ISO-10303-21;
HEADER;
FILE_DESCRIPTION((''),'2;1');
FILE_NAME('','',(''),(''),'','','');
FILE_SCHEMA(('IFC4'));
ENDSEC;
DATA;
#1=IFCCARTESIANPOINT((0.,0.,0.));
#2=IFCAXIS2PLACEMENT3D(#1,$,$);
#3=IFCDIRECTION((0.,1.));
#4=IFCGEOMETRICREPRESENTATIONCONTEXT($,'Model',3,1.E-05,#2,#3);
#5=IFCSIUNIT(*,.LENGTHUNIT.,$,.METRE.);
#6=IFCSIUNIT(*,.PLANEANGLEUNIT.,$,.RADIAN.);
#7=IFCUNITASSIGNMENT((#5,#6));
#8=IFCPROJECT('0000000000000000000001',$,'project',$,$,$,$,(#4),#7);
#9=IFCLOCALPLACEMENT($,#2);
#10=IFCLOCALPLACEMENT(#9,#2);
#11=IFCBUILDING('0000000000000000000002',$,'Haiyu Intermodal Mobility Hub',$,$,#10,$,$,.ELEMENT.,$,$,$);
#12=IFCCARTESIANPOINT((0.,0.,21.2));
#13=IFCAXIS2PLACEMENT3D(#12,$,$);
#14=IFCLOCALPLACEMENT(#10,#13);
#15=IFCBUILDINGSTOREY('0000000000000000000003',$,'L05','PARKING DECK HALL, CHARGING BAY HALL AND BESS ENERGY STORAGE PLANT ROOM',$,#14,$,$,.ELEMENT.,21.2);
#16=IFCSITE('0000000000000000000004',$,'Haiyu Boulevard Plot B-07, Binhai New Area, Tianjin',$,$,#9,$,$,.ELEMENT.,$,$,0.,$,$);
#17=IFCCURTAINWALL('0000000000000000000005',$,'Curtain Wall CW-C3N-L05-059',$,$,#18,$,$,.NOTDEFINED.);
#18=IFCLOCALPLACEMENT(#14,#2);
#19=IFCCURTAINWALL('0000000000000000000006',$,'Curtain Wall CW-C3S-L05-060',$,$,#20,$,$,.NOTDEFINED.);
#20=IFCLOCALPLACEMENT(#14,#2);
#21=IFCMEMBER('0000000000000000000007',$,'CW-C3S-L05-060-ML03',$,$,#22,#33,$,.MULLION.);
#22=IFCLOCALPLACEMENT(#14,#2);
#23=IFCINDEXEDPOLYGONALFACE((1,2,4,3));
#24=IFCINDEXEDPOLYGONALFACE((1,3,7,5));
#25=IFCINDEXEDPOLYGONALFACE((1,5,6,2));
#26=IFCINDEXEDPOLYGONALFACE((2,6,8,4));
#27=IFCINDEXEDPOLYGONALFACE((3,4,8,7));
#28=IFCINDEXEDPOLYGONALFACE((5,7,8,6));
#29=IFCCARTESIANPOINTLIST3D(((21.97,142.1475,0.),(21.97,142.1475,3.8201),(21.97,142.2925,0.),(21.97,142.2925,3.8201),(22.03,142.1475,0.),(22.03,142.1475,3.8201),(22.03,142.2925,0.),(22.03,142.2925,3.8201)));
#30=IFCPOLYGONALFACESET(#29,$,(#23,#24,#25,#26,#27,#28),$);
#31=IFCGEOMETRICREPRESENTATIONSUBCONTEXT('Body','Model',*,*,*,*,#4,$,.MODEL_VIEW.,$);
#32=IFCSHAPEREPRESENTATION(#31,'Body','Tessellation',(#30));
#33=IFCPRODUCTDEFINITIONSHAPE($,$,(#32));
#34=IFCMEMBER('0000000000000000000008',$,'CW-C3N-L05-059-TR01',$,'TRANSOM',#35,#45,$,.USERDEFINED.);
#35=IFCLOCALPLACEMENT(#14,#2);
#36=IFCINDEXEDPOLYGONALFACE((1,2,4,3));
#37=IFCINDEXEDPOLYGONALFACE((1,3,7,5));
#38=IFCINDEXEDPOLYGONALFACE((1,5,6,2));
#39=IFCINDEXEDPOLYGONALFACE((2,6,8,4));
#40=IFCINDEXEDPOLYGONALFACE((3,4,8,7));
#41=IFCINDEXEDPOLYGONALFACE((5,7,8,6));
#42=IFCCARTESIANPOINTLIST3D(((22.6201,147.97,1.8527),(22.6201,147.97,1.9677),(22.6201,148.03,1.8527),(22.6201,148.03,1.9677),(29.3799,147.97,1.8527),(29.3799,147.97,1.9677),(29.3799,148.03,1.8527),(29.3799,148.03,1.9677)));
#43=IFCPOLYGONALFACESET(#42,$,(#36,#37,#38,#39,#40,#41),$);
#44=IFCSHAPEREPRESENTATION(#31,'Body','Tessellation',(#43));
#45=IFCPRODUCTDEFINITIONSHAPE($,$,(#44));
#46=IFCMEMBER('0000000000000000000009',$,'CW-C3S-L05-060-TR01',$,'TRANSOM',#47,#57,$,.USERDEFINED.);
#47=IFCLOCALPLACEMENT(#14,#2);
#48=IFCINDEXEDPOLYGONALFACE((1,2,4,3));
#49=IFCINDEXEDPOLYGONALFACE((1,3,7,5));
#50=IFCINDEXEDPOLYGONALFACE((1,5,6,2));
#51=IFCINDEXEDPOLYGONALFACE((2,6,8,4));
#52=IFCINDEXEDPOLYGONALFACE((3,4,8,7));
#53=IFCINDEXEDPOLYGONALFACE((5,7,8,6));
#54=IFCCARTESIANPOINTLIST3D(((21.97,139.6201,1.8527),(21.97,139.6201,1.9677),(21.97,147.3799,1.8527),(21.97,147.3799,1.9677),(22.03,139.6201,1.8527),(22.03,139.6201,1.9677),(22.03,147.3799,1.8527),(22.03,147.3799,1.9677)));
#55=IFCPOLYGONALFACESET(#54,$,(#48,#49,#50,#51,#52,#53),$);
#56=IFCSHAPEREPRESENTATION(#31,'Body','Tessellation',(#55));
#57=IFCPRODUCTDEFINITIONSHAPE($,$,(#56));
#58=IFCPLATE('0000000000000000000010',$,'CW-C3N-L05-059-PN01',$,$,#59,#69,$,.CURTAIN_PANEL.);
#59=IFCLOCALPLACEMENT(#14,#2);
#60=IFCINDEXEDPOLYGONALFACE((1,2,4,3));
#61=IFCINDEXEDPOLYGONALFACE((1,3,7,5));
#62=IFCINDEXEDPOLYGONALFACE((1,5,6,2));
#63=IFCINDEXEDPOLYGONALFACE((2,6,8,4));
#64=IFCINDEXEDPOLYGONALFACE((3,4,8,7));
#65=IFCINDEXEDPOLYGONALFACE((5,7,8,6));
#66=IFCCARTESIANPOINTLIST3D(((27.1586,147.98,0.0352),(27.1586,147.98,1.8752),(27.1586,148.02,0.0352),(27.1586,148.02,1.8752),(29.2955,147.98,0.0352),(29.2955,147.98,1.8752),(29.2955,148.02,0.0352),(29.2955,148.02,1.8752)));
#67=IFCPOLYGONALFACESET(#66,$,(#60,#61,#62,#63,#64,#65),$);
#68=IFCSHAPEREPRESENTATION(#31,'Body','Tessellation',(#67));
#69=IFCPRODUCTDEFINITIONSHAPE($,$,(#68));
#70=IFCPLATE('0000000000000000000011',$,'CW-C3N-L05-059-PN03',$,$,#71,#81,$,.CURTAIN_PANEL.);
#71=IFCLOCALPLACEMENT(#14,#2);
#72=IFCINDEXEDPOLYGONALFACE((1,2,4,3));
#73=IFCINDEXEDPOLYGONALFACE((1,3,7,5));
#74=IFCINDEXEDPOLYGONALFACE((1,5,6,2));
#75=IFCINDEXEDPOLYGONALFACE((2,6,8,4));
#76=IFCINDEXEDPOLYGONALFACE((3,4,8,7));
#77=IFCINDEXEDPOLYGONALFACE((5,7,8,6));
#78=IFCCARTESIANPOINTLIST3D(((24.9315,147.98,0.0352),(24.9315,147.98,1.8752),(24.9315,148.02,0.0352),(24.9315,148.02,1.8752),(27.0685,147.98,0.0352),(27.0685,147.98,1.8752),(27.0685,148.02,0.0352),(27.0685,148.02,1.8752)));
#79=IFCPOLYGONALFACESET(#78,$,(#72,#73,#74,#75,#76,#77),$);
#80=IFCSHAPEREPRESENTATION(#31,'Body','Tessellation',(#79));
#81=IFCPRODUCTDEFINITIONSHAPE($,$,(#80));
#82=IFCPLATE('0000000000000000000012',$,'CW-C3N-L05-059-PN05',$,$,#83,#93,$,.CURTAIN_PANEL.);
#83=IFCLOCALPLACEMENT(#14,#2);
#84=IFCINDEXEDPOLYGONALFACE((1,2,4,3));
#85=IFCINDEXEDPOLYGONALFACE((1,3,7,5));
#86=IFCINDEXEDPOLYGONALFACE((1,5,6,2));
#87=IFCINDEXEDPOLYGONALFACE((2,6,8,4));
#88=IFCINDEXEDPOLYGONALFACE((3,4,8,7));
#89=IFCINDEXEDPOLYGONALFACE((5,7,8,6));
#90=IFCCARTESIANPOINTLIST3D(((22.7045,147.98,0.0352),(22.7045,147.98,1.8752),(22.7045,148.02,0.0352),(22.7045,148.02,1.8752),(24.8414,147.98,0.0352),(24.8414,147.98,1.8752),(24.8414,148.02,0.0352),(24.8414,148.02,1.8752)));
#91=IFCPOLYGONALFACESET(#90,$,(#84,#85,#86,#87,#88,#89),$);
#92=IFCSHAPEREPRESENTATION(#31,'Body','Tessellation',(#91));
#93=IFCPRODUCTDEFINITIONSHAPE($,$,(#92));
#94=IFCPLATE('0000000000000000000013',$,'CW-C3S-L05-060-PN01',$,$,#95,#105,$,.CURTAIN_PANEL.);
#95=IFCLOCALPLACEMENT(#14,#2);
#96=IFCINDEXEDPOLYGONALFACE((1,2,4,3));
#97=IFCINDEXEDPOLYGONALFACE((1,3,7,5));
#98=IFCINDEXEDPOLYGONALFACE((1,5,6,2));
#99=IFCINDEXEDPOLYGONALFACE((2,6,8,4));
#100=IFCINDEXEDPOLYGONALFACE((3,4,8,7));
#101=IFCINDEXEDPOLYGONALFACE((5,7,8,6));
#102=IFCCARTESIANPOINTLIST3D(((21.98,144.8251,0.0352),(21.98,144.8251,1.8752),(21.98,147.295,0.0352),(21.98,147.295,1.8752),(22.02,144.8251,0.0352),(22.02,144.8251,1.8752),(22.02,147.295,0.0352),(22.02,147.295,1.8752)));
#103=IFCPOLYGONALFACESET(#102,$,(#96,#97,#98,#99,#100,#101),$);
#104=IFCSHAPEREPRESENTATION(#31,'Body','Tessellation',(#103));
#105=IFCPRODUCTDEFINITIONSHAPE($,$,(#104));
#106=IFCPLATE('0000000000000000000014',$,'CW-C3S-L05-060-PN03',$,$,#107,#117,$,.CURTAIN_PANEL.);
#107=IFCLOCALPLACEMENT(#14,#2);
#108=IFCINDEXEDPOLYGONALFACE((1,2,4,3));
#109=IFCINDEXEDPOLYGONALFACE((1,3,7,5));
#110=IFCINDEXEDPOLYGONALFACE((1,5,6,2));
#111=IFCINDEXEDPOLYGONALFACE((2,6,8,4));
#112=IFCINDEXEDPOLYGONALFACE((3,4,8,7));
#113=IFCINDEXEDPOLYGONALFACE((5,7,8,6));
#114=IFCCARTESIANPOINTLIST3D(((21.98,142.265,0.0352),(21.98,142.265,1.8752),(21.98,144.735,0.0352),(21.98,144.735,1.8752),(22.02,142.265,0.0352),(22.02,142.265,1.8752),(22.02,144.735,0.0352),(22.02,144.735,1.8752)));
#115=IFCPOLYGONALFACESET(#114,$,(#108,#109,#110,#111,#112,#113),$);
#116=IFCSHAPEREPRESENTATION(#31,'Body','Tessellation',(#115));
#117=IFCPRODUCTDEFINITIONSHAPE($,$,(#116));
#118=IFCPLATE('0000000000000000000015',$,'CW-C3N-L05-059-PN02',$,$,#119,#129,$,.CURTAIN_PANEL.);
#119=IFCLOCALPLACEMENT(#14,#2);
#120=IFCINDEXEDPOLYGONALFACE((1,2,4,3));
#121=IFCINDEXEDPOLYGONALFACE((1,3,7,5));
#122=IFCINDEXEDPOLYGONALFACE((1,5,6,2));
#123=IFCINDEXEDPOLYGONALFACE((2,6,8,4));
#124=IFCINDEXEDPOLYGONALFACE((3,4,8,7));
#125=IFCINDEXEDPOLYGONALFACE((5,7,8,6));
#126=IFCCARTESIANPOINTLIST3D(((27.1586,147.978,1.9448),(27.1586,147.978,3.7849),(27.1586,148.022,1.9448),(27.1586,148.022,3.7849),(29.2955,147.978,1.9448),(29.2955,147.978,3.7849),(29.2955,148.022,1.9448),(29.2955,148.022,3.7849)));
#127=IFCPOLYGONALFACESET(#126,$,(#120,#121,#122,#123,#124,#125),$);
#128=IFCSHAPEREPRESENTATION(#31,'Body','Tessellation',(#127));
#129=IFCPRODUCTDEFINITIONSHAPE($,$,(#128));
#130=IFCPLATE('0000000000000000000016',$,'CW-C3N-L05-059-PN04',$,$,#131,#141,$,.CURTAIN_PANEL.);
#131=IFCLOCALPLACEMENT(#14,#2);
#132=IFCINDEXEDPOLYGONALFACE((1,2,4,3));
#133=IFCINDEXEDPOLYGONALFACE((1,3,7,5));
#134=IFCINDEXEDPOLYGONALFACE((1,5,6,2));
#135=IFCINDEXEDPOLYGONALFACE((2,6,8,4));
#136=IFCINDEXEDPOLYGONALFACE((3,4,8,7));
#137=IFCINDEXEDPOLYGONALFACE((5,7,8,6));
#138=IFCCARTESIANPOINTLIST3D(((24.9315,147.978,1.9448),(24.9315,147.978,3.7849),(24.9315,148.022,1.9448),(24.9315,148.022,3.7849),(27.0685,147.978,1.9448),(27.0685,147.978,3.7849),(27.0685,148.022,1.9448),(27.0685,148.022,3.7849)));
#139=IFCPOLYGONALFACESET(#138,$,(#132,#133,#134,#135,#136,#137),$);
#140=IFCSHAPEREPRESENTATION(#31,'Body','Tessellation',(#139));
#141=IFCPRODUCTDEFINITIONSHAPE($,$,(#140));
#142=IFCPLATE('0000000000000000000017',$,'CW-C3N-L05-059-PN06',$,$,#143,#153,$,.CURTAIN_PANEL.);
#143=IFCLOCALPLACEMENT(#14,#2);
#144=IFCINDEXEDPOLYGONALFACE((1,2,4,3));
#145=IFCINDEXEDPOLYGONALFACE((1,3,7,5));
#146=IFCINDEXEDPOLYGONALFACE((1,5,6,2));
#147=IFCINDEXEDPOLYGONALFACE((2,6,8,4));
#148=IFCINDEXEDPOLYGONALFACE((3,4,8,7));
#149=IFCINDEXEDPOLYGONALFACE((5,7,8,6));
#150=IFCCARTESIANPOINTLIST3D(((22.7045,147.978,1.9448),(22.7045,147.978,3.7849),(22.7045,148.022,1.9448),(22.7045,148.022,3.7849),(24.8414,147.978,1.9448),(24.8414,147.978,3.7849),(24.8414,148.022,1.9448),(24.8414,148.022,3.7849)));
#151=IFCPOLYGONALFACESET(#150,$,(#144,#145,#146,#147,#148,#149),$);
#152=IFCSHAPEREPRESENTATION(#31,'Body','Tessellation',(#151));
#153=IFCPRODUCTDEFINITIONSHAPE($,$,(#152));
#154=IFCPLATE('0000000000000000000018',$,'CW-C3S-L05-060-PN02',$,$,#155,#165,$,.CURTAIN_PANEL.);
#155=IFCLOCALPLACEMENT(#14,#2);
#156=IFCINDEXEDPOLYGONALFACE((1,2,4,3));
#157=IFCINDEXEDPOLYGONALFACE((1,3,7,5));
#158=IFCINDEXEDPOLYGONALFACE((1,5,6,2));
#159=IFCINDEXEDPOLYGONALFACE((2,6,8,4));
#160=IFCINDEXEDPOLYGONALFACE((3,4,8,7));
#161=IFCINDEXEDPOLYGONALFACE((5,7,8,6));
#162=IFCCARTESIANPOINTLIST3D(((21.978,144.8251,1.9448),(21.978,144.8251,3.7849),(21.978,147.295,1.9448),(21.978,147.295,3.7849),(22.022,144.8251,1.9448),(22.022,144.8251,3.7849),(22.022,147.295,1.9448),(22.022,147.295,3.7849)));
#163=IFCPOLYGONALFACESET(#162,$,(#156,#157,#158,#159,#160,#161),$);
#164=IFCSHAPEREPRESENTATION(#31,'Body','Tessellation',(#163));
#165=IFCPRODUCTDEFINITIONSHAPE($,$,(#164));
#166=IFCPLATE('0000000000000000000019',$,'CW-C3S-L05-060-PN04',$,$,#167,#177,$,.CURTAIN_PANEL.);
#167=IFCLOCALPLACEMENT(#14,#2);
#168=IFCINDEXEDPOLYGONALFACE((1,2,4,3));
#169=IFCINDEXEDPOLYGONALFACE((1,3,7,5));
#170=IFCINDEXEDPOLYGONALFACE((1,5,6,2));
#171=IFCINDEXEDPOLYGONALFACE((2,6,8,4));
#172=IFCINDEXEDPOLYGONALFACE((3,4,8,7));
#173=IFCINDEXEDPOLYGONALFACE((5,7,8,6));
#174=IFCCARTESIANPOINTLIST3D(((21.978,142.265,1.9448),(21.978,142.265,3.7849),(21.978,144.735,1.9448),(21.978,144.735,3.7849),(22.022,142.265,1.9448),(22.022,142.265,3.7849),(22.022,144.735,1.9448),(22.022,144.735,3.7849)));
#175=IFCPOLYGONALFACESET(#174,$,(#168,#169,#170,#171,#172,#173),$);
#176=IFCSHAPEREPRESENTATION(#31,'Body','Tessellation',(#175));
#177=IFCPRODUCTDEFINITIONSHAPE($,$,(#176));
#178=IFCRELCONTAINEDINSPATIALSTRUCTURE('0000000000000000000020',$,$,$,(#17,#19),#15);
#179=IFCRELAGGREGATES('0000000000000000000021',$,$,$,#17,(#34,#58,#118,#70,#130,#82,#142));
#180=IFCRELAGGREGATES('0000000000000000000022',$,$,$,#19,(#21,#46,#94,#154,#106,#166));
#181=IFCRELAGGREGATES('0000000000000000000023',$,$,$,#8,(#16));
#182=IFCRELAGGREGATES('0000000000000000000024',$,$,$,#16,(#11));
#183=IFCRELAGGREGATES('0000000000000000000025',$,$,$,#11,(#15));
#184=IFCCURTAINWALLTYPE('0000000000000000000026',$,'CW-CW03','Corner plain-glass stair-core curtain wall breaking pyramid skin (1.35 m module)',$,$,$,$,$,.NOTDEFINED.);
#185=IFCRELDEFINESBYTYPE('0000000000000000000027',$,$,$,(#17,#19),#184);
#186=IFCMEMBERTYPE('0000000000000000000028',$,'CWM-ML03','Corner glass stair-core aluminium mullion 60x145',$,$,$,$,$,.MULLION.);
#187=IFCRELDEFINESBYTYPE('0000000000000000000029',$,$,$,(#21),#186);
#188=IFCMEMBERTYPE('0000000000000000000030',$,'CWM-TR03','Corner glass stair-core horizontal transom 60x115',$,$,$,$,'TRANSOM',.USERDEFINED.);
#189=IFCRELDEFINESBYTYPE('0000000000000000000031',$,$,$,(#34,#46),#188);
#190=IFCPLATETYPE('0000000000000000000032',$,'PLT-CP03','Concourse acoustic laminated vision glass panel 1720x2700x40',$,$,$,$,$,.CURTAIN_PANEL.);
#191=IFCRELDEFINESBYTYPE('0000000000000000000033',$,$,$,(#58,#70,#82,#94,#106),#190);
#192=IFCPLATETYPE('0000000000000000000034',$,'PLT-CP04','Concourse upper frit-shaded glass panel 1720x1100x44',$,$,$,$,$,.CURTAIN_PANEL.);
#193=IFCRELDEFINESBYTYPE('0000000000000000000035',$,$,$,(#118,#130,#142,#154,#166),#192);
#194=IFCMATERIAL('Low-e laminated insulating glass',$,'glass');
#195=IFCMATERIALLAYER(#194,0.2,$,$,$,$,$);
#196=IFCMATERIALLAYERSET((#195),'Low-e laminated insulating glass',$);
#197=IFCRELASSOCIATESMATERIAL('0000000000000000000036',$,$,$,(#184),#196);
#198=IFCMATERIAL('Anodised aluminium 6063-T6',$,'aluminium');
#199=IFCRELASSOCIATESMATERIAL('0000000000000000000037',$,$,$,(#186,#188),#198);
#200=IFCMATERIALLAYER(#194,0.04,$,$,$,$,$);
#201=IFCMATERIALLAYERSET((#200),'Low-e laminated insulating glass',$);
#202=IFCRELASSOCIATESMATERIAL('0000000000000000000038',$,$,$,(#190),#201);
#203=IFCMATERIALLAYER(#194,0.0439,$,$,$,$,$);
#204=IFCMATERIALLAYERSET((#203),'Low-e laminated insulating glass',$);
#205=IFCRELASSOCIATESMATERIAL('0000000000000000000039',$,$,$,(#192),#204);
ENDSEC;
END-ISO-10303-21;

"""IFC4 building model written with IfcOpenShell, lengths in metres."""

from ifc_helpers import new_model, si_unit, direction, frame, origin, origin_2d, place, context, subcontext, project, spatial, rectangle, extrude, material, layer, layer_set, material_profile, profile_set, type_object, element, aggregate, save


model = new_model("IFC4")

# Units and contexts
model_context = context("Model", 3, precision=1e-05, world=origin(), true_north=direction((0.0, 1.0)))
body_context = subcontext(model_context, "Body", "Model", "MODEL_VIEW")
ifc_project = project(units=[si_unit("LENGTHUNIT", "METRE"), si_unit("PLANEANGLEUNIT", "RADIAN")], contexts=[model_context])

# Site, building, storey
site_placement = place(None, origin())
site = spatial("IfcSite", under=ifc_project, at=site_placement, Name="Haiyu Boulevard Plot B-07, Binhai New Area, Tianjin", CompositionType="ELEMENT", RefElevation=0.0)
building_placement = place(site_placement, origin())
building = spatial("IfcBuilding", under=site, at=building_placement, Name="Haiyu Intermodal Mobility Hub", CompositionType="ELEMENT")
storey_placement = place(building_placement, frame((0.0, 0.0, 21.2)))
storey = spatial("IfcBuildingStorey", under=building, at=storey_placement, Name="L05", Description="PARKING DECK HALL, CHARGING BAY HALL AND BESS ENERGY STORAGE PLANT ROOM", CompositionType="ELEMENT", Elevation=21.2)

# Curtain walls, member
ifc_material_1 = material(Name="Low-e laminated insulating glass", Category="glass")
ifc_layer_1 = layer(ifc_material_1, 0.2)
ifc_layer_set_1 = layer_set([ifc_layer_1], Name="Low-e laminated insulating glass")
curtain_wall_type = type_object("IfcCurtainWallType", Name="CW-CW03", Description="Corner plain-glass stair-core curtain wall breaking pyramid skin (1.35 m module)", PredefinedType="NOTDEFINED", material=ifc_layer_set_1)
curtain_wall_1_placement = place(storey_placement, origin())
curtain_wall_1 = element("IfcCurtainWall", 1, at=curtain_wall_1_placement, inside=storey, type_object=curtain_wall_type, Name="Curtain Wall CW-C3N-L05-059", PredefinedType="NOTDEFINED")
ifc_material_2 = material(Name="Anodised aluminium 6063-T6", Category="aluminium")
ifc_material_profile_1 = material_profile(ifc_material_2, rectangle(XDim=0.0601, YDim=0.145, at=origin_2d()), Name="ALU60x145")
ifc_profile_set_1 = profile_set([ifc_material_profile_1], Name="Anodised aluminium 6063-T6")
member_type_1 = type_object("IfcMemberType", Name="CWM-ML03", Description="Corner glass stair-core aluminium mullion 60x145", PredefinedType="MULLION", material=ifc_profile_set_1)
curtain_wall_2_placement = place(storey_placement, origin())
curtain_wall_2 = element("IfcCurtainWall", 2, at=curtain_wall_2_placement, inside=storey, type_object=curtain_wall_type, Name="Curtain Wall CW-C3S-L05-060", PredefinedType="NOTDEFINED")
member_1_placement = place(storey_placement, frame((22.0, 142.22, 0.0), z_axis=(0.0, 0.0, 1.0), x_axis=(1.0, 0.0, 0.0)))
member_1 = element("IfcMember", 3, at=member_1_placement, type_object=member_type_1, Name="CW-C3S-L05-060-ML03", PredefinedType="MULLION", context=body_context, shape_type="SweptSolid", body=[
    extrude(rectangle(XDim=0.0601, YDim=0.145, at=origin_2d()), origin(), (0.0, 0.0, 1.0), 3.8201),
])

# Members
ifc_material_profile_2 = material_profile(ifc_material_2, rectangle(XDim=0.0601, YDim=0.115, at=origin_2d()), Name="ALU60x115")
ifc_profile_set_2 = profile_set([ifc_material_profile_2], Name="Anodised aluminium 6063-T6")
member_type_2 = type_object("IfcMemberType", Name="CWM-TR03", Description="Corner glass stair-core horizontal transom 60x115", ElementType="TRANSOM", PredefinedType="USERDEFINED", material=ifc_profile_set_2)
member_2_placement = place(storey_placement, frame((29.3799, 148.0, 1.9102), z_axis=(-1.0, 0.0, 0.0), x_axis=(0.0, -1.0, 0.0)))
member_2 = element("IfcMember", 4, at=member_2_placement, type_object=member_type_2, Name="CW-C3N-L05-059-TR01", ObjectType="TRANSOM", PredefinedType="USERDEFINED", context=body_context, shape_type="SweptSolid", body=[
    extrude(rectangle(XDim=0.0601, YDim=0.115, at=origin_2d()), origin(), (0.0, 0.0, 1.0), 6.7598),
])
member_3_placement = place(storey_placement, frame((22.0, 147.3799, 1.9102), z_axis=(0.0, -1.0, 0.0), x_axis=(1.0, 0.0, 0.0)))
member_3 = element("IfcMember", 5, at=member_3_placement, type_object=member_type_2, Name="CW-C3S-L05-060-TR01", ObjectType="TRANSOM", PredefinedType="USERDEFINED", context=body_context, shape_type="SweptSolid", body=[
    extrude(rectangle(XDim=0.0601, YDim=0.115, at=origin_2d()), origin(), (0.0, 0.0, 1.0), 7.7598),
])

# Plates
ifc_layer_2 = layer(ifc_material_1, 0.04)
ifc_layer_set_2 = layer_set([ifc_layer_2], Name="Low-e laminated insulating glass")
plate_type_1 = type_object("IfcPlateType", Name="PLT-CP03", Description="Concourse acoustic laminated vision glass panel 1720x2700x40", PredefinedType="CURTAIN_PANEL", material=ifc_layer_set_2)
plate_1_placement = place(storey_placement, frame((28.2271, 148.0, 0.0352), z_axis=(0.0, 0.0, 1.0), x_axis=(-1.0, 0.0, 0.0)))
plate_1 = element("IfcPlate", 6, at=plate_1_placement, type_object=plate_type_1, Name="CW-C3N-L05-059-PN01", PredefinedType="CURTAIN_PANEL", context=body_context, shape_type="SweptSolid", body=[
    extrude(rectangle(XDim=2.137, YDim=0.04, at=origin_2d()), origin(), (0.0, 0.0, 1.0), 1.8401),
])
plate_2_placement = place(storey_placement, frame((26.0, 148.0, 0.0352), z_axis=(0.0, 0.0, 1.0), x_axis=(-1.0, 0.0, 0.0)))
plate_2 = element("IfcPlate", 7, at=plate_2_placement, type_object=plate_type_1, Name="CW-C3N-L05-059-PN03", PredefinedType="CURTAIN_PANEL", context=body_context, shape_type="SweptSolid", body=[
    extrude(rectangle(XDim=2.137, YDim=0.04, at=origin_2d()), origin(), (0.0, 0.0, 1.0), 1.8401),
])
plate_3_placement = place(storey_placement, frame((23.7729, 148.0, 0.0352), z_axis=(0.0, 0.0, 1.0), x_axis=(-1.0, 0.0, 0.0)))
plate_3 = element("IfcPlate", 8, at=plate_3_placement, type_object=plate_type_1, Name="CW-C3N-L05-059-PN05", PredefinedType="CURTAIN_PANEL", context=body_context, shape_type="SweptSolid", body=[
    extrude(rectangle(XDim=2.137, YDim=0.04, at=origin_2d()), origin(), (0.0, 0.0, 1.0), 1.8401),
])
plate_4_placement = place(storey_placement, frame((22.0, 146.0601, 0.0352), z_axis=(0.0, 0.0, 1.0), x_axis=(0.0, -1.0, 0.0)))
plate_4 = element("IfcPlate", 9, at=plate_4_placement, type_object=plate_type_1, Name="CW-C3S-L05-060-PN01", PredefinedType="CURTAIN_PANEL", context=body_context, shape_type="SweptSolid", body=[
    extrude(rectangle(XDim=2.47, YDim=0.04, at=origin_2d()), origin(), (0.0, 0.0, 1.0), 1.8401),
])
plate_5_placement = place(storey_placement, frame((22.0, 143.5, 0.0352), z_axis=(0.0, 0.0, 1.0), x_axis=(0.0, -1.0, 0.0)))
plate_5 = element("IfcPlate", 10, at=plate_5_placement, type_object=plate_type_1, Name="CW-C3S-L05-060-PN03", PredefinedType="CURTAIN_PANEL", context=body_context, shape_type="SweptSolid", body=[
    extrude(rectangle(XDim=2.47, YDim=0.04, at=origin_2d()), origin(), (0.0, 0.0, 1.0), 1.8401),
])
ifc_layer_3 = layer(ifc_material_1, 0.0439)
ifc_layer_set_3 = layer_set([ifc_layer_3], Name="Low-e laminated insulating glass")
plate_type_2 = type_object("IfcPlateType", Name="PLT-CP04", Description="Concourse upper frit-shaded glass panel 1720x1100x44", PredefinedType="CURTAIN_PANEL", material=ifc_layer_set_3)
plate_6_placement = place(storey_placement, frame((28.2271, 148.0, 1.9448), z_axis=(0.0, 0.0, 1.0), x_axis=(-1.0, 0.0, 0.0)))
plate_6 = element("IfcPlate", 11, at=plate_6_placement, type_object=plate_type_2, Name="CW-C3N-L05-059-PN02", PredefinedType="CURTAIN_PANEL", context=body_context, shape_type="SweptSolid", body=[
    extrude(rectangle(XDim=2.137, YDim=0.0439, at=origin_2d()), origin(), (0.0, 0.0, 1.0), 1.8401),
])
plate_7_placement = place(storey_placement, frame((26.0, 148.0, 1.9448), z_axis=(0.0, 0.0, 1.0), x_axis=(-1.0, 0.0, 0.0)))
plate_7 = element("IfcPlate", 12, at=plate_7_placement, type_object=plate_type_2, Name="CW-C3N-L05-059-PN04", PredefinedType="CURTAIN_PANEL", context=body_context, shape_type="SweptSolid", body=[
    extrude(rectangle(XDim=2.137, YDim=0.0439, at=origin_2d()), origin(), (0.0, 0.0, 1.0), 1.8401),
])
plate_8_placement = place(storey_placement, frame((23.7729, 148.0, 1.9448), z_axis=(0.0, 0.0, 1.0), x_axis=(-1.0, 0.0, 0.0)))
plate_8 = element("IfcPlate", 13, at=plate_8_placement, type_object=plate_type_2, Name="CW-C3N-L05-059-PN06", PredefinedType="CURTAIN_PANEL", context=body_context, shape_type="SweptSolid", body=[
    extrude(rectangle(XDim=2.137, YDim=0.0439, at=origin_2d()), origin(), (0.0, 0.0, 1.0), 1.8401),
])
aggregate(curtain_wall_1, [member_2, plate_1, plate_6, plate_2, plate_7, plate_3, plate_8])
plate_9_placement = place(storey_placement, frame((22.0, 146.0601, 1.9448), z_axis=(0.0, 0.0, 1.0), x_axis=(0.0, -1.0, 0.0)))
plate_9 = element("IfcPlate", 14, at=plate_9_placement, type_object=plate_type_2, Name="CW-C3S-L05-060-PN02", PredefinedType="CURTAIN_PANEL", context=body_context, shape_type="SweptSolid", body=[
    extrude(rectangle(XDim=2.47, YDim=0.0439, at=origin_2d()), origin(), (0.0, 0.0, 1.0), 1.8401),
])
plate_10_placement = place(storey_placement, frame((22.0, 143.5, 1.9448), z_axis=(0.0, 0.0, 1.0), x_axis=(0.0, -1.0, 0.0)))
plate_10 = element("IfcPlate", 15, at=plate_10_placement, type_object=plate_type_2, Name="CW-C3S-L05-060-PN04", PredefinedType="CURTAIN_PANEL", context=body_context, shape_type="SweptSolid", body=[
    extrude(rectangle(XDim=2.47, YDim=0.0439, at=origin_2d()), origin(), (0.0, 0.0, 1.0), 1.8401),
])
aggregate(curtain_wall_2, [member_1, member_3, plate_4, plate_9, plate_5, plate_10])

save(model, "model.ifc")
